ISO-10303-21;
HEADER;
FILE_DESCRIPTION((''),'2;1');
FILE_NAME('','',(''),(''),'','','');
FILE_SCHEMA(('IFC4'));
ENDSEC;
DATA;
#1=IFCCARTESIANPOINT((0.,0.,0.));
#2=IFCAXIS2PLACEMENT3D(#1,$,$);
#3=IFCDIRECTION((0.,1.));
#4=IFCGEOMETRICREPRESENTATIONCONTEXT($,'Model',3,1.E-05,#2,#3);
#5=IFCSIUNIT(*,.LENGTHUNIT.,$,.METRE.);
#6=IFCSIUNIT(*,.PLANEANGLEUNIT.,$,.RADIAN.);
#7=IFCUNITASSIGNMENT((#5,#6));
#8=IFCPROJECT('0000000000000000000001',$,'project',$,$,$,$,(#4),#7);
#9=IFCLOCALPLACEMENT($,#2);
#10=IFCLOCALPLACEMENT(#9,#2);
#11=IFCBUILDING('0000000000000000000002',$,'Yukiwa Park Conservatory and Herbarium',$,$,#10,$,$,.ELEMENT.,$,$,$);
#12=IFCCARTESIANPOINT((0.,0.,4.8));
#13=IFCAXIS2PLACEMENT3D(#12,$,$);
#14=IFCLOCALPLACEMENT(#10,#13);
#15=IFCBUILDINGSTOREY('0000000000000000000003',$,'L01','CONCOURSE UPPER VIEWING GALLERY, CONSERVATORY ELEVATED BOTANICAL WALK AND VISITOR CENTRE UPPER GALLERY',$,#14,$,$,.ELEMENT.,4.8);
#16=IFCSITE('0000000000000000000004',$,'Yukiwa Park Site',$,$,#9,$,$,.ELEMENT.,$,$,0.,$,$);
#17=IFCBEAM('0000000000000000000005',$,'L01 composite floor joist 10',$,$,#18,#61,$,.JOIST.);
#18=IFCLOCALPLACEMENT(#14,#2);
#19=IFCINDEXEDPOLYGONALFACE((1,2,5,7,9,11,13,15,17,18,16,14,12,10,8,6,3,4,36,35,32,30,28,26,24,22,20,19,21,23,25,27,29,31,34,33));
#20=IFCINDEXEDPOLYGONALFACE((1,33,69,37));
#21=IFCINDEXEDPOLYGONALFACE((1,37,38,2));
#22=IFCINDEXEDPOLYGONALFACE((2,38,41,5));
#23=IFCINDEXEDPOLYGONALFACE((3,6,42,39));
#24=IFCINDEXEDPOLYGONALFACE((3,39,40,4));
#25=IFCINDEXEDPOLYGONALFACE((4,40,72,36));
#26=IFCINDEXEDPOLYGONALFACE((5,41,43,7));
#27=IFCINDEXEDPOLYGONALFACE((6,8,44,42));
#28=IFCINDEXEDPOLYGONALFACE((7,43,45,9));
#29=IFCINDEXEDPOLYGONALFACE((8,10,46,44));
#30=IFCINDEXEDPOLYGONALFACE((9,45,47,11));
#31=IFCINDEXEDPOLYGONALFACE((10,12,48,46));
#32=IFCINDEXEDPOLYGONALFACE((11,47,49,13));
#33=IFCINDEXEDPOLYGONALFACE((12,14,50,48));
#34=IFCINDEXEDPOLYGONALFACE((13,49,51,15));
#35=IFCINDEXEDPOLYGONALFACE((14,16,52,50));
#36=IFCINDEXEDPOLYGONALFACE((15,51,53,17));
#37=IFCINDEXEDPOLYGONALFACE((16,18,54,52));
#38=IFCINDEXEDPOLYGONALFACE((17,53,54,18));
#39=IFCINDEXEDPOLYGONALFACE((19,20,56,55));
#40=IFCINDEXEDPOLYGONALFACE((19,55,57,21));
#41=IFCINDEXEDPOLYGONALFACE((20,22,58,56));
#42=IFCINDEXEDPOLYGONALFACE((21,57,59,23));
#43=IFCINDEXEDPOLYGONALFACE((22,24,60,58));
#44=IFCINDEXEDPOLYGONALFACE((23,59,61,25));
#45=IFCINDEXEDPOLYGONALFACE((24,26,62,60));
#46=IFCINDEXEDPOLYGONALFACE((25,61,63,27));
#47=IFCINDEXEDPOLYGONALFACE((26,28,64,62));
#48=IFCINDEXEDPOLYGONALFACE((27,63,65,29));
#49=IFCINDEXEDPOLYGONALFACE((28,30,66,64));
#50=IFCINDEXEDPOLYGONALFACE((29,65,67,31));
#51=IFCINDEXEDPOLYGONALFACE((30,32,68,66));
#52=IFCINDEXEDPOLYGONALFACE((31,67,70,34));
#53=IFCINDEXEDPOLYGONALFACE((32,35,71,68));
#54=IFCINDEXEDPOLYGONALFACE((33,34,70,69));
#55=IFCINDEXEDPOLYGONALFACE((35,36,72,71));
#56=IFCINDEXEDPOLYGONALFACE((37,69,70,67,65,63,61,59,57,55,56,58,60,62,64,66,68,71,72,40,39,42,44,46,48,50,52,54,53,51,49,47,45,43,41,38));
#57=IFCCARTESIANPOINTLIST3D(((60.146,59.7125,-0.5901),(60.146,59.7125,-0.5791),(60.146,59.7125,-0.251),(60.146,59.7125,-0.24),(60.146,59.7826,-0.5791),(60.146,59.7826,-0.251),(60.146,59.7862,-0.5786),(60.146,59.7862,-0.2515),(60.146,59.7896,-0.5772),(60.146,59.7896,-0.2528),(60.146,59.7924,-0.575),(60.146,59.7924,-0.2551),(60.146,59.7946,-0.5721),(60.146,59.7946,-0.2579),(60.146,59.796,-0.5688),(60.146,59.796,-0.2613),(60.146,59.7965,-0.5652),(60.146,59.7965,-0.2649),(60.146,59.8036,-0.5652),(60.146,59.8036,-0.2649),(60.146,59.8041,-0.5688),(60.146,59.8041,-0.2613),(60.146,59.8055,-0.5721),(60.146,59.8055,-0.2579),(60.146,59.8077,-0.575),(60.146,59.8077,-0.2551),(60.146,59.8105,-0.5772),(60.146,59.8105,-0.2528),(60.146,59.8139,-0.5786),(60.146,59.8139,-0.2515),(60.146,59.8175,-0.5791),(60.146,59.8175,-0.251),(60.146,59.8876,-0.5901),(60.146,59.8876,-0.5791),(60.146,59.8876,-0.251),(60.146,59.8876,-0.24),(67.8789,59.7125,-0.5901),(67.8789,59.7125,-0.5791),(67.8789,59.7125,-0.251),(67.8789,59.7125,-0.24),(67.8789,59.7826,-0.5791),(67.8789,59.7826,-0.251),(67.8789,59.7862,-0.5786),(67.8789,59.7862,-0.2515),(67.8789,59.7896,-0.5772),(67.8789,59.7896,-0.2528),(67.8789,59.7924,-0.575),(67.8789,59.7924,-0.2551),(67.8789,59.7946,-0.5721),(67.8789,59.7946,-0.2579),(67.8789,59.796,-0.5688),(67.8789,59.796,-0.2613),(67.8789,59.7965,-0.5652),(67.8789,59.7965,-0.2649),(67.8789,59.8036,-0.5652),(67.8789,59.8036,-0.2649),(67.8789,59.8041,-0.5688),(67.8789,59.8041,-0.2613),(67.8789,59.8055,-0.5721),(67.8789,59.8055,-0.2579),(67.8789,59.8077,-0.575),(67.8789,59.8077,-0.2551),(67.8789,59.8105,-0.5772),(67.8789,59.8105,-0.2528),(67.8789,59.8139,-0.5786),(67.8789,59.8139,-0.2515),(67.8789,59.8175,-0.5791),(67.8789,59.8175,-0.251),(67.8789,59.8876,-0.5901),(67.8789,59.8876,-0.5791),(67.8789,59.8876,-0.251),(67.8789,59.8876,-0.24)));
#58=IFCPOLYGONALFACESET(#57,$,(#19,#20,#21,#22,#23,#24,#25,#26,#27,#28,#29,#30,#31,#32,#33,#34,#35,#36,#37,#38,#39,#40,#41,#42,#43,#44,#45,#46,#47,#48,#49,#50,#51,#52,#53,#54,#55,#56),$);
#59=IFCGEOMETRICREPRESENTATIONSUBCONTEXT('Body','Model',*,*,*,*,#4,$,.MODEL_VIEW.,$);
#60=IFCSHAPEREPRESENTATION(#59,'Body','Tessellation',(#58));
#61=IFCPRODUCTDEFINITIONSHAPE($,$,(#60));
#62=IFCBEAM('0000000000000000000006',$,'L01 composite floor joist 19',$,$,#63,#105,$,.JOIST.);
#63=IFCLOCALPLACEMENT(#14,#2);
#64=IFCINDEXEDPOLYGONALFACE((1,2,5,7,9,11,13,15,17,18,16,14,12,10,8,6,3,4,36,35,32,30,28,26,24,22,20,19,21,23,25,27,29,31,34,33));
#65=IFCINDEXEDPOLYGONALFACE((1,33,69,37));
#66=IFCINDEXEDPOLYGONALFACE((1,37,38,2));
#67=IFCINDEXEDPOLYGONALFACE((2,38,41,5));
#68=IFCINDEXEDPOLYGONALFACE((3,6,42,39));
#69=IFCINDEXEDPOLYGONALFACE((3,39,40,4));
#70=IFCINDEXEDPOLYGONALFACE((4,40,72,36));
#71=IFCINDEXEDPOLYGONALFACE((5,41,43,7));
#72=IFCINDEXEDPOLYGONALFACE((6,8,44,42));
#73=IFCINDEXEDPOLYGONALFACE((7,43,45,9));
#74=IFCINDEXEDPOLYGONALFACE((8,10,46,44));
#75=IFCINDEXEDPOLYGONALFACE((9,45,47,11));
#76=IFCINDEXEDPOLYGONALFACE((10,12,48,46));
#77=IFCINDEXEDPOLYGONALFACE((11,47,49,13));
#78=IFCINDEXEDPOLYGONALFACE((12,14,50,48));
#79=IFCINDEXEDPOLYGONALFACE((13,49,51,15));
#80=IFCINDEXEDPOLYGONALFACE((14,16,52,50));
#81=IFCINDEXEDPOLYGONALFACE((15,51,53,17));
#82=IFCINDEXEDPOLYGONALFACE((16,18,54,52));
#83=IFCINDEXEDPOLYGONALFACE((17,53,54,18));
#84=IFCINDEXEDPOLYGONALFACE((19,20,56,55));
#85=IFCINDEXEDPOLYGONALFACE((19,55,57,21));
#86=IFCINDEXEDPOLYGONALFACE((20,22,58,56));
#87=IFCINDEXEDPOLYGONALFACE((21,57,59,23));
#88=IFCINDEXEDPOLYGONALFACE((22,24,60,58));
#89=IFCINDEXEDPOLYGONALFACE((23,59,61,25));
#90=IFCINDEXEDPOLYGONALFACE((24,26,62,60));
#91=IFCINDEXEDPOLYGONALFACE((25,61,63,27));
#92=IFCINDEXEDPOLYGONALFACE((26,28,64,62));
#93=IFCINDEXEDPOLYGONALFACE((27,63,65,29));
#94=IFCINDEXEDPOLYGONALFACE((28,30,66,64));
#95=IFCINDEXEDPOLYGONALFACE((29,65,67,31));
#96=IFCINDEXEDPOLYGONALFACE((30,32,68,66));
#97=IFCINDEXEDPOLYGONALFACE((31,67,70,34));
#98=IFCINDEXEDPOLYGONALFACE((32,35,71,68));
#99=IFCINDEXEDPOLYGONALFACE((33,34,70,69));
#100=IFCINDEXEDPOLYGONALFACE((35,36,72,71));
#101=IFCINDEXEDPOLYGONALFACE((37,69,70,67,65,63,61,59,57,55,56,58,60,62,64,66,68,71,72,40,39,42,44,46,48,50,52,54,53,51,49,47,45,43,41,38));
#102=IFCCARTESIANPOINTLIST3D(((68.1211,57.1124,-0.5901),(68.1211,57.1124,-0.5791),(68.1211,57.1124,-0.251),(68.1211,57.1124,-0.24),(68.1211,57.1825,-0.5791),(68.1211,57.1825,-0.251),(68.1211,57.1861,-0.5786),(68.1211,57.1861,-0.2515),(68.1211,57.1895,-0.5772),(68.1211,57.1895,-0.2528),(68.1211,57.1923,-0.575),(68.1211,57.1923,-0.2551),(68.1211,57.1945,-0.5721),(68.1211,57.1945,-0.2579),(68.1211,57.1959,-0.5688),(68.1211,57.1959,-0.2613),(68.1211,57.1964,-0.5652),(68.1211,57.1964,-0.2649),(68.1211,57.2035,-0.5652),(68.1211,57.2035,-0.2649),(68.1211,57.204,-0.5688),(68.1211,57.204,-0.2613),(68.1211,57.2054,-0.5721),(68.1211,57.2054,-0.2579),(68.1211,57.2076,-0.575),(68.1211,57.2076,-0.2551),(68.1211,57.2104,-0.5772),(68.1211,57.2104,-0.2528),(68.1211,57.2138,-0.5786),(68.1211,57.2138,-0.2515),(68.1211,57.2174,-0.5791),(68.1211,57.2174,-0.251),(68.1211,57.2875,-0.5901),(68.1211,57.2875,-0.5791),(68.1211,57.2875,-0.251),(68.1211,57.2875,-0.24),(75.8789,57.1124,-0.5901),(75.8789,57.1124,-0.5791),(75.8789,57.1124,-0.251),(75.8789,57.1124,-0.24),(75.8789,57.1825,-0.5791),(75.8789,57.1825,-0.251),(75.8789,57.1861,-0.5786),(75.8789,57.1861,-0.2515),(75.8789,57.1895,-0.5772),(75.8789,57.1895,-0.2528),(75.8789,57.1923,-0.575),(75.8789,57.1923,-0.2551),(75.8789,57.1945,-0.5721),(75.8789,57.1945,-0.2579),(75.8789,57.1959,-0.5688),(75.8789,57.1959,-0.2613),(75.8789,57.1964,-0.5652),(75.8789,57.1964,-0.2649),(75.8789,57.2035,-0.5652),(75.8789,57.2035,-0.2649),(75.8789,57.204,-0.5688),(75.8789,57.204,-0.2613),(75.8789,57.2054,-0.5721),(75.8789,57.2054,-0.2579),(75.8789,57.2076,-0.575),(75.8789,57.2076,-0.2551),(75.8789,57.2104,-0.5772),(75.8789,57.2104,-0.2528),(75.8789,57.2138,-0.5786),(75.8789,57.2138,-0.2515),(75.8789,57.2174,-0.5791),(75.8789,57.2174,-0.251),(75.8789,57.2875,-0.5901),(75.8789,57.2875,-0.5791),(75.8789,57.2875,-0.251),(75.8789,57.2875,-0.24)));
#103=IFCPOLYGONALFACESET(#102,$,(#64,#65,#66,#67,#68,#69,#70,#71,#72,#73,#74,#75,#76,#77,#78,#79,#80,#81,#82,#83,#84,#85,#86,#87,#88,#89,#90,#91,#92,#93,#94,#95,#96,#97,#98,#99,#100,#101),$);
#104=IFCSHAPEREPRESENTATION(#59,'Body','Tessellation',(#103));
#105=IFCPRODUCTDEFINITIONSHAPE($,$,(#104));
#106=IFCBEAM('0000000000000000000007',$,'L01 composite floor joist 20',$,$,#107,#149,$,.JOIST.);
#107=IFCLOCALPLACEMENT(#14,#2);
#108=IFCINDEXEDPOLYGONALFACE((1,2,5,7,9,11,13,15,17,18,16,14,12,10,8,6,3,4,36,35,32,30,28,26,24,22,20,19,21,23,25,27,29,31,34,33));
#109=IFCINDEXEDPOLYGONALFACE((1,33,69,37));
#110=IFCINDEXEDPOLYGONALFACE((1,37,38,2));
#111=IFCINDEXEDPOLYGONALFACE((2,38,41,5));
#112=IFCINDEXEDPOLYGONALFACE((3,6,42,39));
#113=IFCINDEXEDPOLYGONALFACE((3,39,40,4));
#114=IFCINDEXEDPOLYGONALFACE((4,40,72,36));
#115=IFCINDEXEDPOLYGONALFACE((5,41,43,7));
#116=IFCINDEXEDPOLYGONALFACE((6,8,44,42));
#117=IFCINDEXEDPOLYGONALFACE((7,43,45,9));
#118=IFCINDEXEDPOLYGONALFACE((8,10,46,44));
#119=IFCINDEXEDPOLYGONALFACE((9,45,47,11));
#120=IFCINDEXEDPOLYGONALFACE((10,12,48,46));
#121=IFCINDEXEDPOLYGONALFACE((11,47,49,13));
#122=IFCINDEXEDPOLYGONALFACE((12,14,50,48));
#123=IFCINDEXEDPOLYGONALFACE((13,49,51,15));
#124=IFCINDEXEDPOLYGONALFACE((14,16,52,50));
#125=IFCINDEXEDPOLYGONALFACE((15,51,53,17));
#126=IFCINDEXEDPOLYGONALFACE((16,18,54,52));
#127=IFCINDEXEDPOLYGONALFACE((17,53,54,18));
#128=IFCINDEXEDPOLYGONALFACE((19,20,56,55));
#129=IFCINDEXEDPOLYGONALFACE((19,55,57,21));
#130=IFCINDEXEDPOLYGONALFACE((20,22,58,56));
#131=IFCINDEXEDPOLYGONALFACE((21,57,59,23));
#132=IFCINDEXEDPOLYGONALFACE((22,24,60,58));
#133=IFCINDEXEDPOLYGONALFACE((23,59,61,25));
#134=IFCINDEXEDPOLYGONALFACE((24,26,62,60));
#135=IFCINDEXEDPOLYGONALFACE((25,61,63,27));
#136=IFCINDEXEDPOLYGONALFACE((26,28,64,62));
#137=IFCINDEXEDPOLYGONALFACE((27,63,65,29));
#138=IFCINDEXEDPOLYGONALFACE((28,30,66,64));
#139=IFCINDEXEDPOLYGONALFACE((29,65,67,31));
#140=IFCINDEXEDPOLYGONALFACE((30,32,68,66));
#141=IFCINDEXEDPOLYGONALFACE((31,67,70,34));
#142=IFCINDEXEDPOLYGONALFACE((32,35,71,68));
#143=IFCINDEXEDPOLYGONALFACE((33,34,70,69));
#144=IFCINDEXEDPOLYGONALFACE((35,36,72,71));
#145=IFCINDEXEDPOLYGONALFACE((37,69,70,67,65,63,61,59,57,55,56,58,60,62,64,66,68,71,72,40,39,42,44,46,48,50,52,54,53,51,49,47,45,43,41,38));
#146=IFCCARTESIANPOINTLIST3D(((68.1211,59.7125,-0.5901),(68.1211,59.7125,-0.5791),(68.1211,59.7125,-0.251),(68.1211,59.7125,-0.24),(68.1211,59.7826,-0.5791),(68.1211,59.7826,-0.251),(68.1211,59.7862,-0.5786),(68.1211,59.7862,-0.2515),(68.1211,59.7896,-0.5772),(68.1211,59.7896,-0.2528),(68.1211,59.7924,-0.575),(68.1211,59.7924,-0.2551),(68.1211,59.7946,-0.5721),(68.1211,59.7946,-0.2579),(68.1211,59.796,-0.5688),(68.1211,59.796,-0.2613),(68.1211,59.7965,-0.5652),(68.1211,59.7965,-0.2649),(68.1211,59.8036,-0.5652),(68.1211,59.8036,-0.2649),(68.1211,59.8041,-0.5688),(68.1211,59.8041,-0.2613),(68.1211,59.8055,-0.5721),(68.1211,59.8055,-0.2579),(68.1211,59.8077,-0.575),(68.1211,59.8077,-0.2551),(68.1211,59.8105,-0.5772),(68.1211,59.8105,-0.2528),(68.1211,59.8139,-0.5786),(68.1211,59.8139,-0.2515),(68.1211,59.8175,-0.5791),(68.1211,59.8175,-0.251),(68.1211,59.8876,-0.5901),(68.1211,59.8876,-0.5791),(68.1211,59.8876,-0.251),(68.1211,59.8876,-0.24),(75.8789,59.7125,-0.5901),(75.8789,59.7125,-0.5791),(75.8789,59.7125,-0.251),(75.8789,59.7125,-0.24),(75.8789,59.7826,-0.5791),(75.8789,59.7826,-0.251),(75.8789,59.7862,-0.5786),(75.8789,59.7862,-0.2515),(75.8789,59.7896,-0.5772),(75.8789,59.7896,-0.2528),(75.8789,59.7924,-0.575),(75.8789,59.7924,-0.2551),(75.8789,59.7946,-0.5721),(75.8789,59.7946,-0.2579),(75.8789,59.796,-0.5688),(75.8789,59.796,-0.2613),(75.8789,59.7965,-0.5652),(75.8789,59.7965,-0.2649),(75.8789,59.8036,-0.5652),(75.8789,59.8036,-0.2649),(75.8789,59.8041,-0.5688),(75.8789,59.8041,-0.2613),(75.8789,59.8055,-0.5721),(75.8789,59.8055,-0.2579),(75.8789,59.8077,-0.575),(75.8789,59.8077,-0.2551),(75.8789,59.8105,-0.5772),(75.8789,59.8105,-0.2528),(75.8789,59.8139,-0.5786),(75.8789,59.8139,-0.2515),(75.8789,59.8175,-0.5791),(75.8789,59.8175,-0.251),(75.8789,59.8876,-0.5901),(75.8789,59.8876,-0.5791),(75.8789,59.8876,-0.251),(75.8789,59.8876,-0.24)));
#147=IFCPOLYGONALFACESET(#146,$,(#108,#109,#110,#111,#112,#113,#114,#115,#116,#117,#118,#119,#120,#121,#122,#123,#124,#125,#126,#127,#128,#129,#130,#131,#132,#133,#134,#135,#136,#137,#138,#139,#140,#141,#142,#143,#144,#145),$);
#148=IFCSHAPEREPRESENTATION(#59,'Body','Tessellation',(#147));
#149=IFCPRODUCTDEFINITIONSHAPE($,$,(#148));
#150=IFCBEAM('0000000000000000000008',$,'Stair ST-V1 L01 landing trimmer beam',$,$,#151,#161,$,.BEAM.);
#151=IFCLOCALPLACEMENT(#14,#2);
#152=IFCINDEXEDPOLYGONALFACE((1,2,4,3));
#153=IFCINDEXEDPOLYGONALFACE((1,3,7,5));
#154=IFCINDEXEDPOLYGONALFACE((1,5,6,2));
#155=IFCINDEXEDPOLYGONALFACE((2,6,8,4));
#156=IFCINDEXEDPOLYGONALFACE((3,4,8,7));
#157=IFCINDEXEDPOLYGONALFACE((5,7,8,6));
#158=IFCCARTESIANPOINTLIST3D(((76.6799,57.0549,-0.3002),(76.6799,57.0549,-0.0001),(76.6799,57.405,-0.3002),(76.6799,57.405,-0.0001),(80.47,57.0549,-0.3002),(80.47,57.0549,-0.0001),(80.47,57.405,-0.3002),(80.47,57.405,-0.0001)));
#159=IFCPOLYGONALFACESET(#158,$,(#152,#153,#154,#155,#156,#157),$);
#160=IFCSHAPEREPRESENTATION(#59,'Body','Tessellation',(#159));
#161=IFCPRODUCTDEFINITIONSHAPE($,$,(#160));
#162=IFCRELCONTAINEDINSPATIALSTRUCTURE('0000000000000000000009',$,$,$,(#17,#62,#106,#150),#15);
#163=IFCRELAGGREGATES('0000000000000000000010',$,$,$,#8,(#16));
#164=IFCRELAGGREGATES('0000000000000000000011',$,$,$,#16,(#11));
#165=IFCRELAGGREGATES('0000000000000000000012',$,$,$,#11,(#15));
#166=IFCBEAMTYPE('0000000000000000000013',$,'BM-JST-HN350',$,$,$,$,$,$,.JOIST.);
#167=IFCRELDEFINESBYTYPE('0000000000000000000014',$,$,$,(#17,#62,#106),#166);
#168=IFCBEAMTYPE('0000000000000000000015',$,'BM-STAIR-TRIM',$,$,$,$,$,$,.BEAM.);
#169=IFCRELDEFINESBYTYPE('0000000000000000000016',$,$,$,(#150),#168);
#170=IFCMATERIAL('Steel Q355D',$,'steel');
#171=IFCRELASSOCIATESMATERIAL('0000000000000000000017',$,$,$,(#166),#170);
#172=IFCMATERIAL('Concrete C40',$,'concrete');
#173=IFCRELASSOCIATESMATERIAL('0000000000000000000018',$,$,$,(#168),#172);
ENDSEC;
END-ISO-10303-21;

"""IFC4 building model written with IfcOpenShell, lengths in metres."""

from ifc_helpers import new_model, si_unit, direction, frame, origin, origin_2d, place, context, subcontext, project, spatial, rectangle, i_section, extrude, material, material_profile, profile_set, type_object, element, save


model = new_model("IFC4")

# Units and contexts
model_context = context("Model", 3, precision=1e-05, world=origin(), true_north=direction((0.0, 1.0)))
body_context = subcontext(model_context, "Body", "Model", "MODEL_VIEW")
ifc_project = project(units=[si_unit("LENGTHUNIT", "METRE"), si_unit("PLANEANGLEUNIT", "RADIAN")], contexts=[model_context])

# Site, building, storey
site_placement = place(None, origin())
site = spatial("IfcSite", under=ifc_project, at=site_placement, Name="Yukiwa Park Site", CompositionType="ELEMENT", RefElevation=0.0)
building_placement = place(site_placement, origin())
building = spatial("IfcBuilding", under=site, at=building_placement, Name="Yukiwa Park Conservatory and Herbarium", CompositionType="ELEMENT")
storey_placement = place(building_placement, frame((0.0, 0.0, 4.8)))
storey = spatial("IfcBuildingStorey", under=building, at=storey_placement, Name="L01", Description="CONCOURSE UPPER VIEWING GALLERY, CONSERVATORY ELEVATED BOTANICAL WALK AND VISITOR CENTRE UPPER GALLERY", CompositionType="ELEMENT", Elevation=4.8)

# Beams
ifc_material_1 = material(Name="Steel Q355D", Category="steel")
ifc_material_profile_1 = material_profile(ifc_material_1, i_section(OverallWidth=0.175, OverallDepth=0.3501, WebThickness=0.0071, FlangeThickness=0.011, FilletRadius=0.0139, at=origin_2d()), Name="HN 350x175x7x11")
ifc_profile_set_1 = profile_set([ifc_material_profile_1], Name="Steel Q355D")
beam_type_1 = type_object("IfcBeamType", Name="BM-JST-HN350", PredefinedType="JOIST", material=ifc_profile_set_1)
for number, where, z_axis, x_axis, name in (
    (1, (60.146, 59.8, -0.415), (1.0, 0.0, 0.0), (0.0, 1.0, 0.0), "L01 composite floor joist 10"),
):
    element("IfcBeam", number, at=place(storey_placement, frame(where, z_axis=z_axis, x_axis=x_axis)), inside=storey, type_object=beam_type_1, Name=name, PredefinedType="JOIST", context=body_context, shape_type="SweptSolid", body=[
        extrude(i_section(OverallWidth=0.175, OverallDepth=0.3501, WebThickness=0.0071, FlangeThickness=0.011, FilletRadius=0.0139, at=origin_2d()), origin(), (0.0, 0.0, 1.0), 7.7329),
    ])
for number, where, z_axis, x_axis, name in (
    (2, (68.1211, 57.2, -0.415), (1.0, 0.0, 0.0), (0.0, 1.0, 0.0), "L01 composite floor joist 19"),
    (3, (68.1211, 59.8, -0.415), (1.0, 0.0, 0.0), (0.0, 1.0, 0.0), "L01 composite floor joist 20"),
):
    element("IfcBeam", number, at=place(storey_placement, frame(where, z_axis=z_axis, x_axis=x_axis)), inside=storey, type_object=beam_type_1, Name=name, PredefinedType="JOIST", context=body_context, shape_type="SweptSolid", body=[
        extrude(i_section(OverallWidth=0.175, OverallDepth=0.3501, WebThickness=0.0071, FlangeThickness=0.011, FilletRadius=0.0139, at=origin_2d()), origin(), (0.0, 0.0, 1.0), 7.7578),
    ])
ifc_material_2 = material(Name="Concrete C40", Category="concrete")
ifc_material_profile_2 = material_profile(ifc_material_2, rectangle(XDim=0.3501, YDim=0.3, at=origin_2d()), Name="RC 350x300")
ifc_profile_set_2 = profile_set([ifc_material_profile_2], Name="Concrete C40")
beam_type_2 = type_object("IfcBeamType", Name="BM-STAIR-TRIM", PredefinedType="BEAM", material=ifc_profile_set_2)
beam_1_placement = place(storey_placement, frame((76.6799, 57.23, -0.1501), z_axis=(1.0, 0.0, 0.0), x_axis=(0.0, 1.0, 0.0)))
element("IfcBeam", 4, at=beam_1_placement, inside=storey, type_object=beam_type_2, Name="Stair ST-V1 L01 landing trimmer beam", PredefinedType="BEAM", context=body_context, shape_type="SweptSolid", body=[
    extrude(rectangle(XDim=0.3501, YDim=0.3, at=origin_2d()), origin(), (0.0, 0.0, 1.0), 3.79),
])

save(model, "model.ifc")
